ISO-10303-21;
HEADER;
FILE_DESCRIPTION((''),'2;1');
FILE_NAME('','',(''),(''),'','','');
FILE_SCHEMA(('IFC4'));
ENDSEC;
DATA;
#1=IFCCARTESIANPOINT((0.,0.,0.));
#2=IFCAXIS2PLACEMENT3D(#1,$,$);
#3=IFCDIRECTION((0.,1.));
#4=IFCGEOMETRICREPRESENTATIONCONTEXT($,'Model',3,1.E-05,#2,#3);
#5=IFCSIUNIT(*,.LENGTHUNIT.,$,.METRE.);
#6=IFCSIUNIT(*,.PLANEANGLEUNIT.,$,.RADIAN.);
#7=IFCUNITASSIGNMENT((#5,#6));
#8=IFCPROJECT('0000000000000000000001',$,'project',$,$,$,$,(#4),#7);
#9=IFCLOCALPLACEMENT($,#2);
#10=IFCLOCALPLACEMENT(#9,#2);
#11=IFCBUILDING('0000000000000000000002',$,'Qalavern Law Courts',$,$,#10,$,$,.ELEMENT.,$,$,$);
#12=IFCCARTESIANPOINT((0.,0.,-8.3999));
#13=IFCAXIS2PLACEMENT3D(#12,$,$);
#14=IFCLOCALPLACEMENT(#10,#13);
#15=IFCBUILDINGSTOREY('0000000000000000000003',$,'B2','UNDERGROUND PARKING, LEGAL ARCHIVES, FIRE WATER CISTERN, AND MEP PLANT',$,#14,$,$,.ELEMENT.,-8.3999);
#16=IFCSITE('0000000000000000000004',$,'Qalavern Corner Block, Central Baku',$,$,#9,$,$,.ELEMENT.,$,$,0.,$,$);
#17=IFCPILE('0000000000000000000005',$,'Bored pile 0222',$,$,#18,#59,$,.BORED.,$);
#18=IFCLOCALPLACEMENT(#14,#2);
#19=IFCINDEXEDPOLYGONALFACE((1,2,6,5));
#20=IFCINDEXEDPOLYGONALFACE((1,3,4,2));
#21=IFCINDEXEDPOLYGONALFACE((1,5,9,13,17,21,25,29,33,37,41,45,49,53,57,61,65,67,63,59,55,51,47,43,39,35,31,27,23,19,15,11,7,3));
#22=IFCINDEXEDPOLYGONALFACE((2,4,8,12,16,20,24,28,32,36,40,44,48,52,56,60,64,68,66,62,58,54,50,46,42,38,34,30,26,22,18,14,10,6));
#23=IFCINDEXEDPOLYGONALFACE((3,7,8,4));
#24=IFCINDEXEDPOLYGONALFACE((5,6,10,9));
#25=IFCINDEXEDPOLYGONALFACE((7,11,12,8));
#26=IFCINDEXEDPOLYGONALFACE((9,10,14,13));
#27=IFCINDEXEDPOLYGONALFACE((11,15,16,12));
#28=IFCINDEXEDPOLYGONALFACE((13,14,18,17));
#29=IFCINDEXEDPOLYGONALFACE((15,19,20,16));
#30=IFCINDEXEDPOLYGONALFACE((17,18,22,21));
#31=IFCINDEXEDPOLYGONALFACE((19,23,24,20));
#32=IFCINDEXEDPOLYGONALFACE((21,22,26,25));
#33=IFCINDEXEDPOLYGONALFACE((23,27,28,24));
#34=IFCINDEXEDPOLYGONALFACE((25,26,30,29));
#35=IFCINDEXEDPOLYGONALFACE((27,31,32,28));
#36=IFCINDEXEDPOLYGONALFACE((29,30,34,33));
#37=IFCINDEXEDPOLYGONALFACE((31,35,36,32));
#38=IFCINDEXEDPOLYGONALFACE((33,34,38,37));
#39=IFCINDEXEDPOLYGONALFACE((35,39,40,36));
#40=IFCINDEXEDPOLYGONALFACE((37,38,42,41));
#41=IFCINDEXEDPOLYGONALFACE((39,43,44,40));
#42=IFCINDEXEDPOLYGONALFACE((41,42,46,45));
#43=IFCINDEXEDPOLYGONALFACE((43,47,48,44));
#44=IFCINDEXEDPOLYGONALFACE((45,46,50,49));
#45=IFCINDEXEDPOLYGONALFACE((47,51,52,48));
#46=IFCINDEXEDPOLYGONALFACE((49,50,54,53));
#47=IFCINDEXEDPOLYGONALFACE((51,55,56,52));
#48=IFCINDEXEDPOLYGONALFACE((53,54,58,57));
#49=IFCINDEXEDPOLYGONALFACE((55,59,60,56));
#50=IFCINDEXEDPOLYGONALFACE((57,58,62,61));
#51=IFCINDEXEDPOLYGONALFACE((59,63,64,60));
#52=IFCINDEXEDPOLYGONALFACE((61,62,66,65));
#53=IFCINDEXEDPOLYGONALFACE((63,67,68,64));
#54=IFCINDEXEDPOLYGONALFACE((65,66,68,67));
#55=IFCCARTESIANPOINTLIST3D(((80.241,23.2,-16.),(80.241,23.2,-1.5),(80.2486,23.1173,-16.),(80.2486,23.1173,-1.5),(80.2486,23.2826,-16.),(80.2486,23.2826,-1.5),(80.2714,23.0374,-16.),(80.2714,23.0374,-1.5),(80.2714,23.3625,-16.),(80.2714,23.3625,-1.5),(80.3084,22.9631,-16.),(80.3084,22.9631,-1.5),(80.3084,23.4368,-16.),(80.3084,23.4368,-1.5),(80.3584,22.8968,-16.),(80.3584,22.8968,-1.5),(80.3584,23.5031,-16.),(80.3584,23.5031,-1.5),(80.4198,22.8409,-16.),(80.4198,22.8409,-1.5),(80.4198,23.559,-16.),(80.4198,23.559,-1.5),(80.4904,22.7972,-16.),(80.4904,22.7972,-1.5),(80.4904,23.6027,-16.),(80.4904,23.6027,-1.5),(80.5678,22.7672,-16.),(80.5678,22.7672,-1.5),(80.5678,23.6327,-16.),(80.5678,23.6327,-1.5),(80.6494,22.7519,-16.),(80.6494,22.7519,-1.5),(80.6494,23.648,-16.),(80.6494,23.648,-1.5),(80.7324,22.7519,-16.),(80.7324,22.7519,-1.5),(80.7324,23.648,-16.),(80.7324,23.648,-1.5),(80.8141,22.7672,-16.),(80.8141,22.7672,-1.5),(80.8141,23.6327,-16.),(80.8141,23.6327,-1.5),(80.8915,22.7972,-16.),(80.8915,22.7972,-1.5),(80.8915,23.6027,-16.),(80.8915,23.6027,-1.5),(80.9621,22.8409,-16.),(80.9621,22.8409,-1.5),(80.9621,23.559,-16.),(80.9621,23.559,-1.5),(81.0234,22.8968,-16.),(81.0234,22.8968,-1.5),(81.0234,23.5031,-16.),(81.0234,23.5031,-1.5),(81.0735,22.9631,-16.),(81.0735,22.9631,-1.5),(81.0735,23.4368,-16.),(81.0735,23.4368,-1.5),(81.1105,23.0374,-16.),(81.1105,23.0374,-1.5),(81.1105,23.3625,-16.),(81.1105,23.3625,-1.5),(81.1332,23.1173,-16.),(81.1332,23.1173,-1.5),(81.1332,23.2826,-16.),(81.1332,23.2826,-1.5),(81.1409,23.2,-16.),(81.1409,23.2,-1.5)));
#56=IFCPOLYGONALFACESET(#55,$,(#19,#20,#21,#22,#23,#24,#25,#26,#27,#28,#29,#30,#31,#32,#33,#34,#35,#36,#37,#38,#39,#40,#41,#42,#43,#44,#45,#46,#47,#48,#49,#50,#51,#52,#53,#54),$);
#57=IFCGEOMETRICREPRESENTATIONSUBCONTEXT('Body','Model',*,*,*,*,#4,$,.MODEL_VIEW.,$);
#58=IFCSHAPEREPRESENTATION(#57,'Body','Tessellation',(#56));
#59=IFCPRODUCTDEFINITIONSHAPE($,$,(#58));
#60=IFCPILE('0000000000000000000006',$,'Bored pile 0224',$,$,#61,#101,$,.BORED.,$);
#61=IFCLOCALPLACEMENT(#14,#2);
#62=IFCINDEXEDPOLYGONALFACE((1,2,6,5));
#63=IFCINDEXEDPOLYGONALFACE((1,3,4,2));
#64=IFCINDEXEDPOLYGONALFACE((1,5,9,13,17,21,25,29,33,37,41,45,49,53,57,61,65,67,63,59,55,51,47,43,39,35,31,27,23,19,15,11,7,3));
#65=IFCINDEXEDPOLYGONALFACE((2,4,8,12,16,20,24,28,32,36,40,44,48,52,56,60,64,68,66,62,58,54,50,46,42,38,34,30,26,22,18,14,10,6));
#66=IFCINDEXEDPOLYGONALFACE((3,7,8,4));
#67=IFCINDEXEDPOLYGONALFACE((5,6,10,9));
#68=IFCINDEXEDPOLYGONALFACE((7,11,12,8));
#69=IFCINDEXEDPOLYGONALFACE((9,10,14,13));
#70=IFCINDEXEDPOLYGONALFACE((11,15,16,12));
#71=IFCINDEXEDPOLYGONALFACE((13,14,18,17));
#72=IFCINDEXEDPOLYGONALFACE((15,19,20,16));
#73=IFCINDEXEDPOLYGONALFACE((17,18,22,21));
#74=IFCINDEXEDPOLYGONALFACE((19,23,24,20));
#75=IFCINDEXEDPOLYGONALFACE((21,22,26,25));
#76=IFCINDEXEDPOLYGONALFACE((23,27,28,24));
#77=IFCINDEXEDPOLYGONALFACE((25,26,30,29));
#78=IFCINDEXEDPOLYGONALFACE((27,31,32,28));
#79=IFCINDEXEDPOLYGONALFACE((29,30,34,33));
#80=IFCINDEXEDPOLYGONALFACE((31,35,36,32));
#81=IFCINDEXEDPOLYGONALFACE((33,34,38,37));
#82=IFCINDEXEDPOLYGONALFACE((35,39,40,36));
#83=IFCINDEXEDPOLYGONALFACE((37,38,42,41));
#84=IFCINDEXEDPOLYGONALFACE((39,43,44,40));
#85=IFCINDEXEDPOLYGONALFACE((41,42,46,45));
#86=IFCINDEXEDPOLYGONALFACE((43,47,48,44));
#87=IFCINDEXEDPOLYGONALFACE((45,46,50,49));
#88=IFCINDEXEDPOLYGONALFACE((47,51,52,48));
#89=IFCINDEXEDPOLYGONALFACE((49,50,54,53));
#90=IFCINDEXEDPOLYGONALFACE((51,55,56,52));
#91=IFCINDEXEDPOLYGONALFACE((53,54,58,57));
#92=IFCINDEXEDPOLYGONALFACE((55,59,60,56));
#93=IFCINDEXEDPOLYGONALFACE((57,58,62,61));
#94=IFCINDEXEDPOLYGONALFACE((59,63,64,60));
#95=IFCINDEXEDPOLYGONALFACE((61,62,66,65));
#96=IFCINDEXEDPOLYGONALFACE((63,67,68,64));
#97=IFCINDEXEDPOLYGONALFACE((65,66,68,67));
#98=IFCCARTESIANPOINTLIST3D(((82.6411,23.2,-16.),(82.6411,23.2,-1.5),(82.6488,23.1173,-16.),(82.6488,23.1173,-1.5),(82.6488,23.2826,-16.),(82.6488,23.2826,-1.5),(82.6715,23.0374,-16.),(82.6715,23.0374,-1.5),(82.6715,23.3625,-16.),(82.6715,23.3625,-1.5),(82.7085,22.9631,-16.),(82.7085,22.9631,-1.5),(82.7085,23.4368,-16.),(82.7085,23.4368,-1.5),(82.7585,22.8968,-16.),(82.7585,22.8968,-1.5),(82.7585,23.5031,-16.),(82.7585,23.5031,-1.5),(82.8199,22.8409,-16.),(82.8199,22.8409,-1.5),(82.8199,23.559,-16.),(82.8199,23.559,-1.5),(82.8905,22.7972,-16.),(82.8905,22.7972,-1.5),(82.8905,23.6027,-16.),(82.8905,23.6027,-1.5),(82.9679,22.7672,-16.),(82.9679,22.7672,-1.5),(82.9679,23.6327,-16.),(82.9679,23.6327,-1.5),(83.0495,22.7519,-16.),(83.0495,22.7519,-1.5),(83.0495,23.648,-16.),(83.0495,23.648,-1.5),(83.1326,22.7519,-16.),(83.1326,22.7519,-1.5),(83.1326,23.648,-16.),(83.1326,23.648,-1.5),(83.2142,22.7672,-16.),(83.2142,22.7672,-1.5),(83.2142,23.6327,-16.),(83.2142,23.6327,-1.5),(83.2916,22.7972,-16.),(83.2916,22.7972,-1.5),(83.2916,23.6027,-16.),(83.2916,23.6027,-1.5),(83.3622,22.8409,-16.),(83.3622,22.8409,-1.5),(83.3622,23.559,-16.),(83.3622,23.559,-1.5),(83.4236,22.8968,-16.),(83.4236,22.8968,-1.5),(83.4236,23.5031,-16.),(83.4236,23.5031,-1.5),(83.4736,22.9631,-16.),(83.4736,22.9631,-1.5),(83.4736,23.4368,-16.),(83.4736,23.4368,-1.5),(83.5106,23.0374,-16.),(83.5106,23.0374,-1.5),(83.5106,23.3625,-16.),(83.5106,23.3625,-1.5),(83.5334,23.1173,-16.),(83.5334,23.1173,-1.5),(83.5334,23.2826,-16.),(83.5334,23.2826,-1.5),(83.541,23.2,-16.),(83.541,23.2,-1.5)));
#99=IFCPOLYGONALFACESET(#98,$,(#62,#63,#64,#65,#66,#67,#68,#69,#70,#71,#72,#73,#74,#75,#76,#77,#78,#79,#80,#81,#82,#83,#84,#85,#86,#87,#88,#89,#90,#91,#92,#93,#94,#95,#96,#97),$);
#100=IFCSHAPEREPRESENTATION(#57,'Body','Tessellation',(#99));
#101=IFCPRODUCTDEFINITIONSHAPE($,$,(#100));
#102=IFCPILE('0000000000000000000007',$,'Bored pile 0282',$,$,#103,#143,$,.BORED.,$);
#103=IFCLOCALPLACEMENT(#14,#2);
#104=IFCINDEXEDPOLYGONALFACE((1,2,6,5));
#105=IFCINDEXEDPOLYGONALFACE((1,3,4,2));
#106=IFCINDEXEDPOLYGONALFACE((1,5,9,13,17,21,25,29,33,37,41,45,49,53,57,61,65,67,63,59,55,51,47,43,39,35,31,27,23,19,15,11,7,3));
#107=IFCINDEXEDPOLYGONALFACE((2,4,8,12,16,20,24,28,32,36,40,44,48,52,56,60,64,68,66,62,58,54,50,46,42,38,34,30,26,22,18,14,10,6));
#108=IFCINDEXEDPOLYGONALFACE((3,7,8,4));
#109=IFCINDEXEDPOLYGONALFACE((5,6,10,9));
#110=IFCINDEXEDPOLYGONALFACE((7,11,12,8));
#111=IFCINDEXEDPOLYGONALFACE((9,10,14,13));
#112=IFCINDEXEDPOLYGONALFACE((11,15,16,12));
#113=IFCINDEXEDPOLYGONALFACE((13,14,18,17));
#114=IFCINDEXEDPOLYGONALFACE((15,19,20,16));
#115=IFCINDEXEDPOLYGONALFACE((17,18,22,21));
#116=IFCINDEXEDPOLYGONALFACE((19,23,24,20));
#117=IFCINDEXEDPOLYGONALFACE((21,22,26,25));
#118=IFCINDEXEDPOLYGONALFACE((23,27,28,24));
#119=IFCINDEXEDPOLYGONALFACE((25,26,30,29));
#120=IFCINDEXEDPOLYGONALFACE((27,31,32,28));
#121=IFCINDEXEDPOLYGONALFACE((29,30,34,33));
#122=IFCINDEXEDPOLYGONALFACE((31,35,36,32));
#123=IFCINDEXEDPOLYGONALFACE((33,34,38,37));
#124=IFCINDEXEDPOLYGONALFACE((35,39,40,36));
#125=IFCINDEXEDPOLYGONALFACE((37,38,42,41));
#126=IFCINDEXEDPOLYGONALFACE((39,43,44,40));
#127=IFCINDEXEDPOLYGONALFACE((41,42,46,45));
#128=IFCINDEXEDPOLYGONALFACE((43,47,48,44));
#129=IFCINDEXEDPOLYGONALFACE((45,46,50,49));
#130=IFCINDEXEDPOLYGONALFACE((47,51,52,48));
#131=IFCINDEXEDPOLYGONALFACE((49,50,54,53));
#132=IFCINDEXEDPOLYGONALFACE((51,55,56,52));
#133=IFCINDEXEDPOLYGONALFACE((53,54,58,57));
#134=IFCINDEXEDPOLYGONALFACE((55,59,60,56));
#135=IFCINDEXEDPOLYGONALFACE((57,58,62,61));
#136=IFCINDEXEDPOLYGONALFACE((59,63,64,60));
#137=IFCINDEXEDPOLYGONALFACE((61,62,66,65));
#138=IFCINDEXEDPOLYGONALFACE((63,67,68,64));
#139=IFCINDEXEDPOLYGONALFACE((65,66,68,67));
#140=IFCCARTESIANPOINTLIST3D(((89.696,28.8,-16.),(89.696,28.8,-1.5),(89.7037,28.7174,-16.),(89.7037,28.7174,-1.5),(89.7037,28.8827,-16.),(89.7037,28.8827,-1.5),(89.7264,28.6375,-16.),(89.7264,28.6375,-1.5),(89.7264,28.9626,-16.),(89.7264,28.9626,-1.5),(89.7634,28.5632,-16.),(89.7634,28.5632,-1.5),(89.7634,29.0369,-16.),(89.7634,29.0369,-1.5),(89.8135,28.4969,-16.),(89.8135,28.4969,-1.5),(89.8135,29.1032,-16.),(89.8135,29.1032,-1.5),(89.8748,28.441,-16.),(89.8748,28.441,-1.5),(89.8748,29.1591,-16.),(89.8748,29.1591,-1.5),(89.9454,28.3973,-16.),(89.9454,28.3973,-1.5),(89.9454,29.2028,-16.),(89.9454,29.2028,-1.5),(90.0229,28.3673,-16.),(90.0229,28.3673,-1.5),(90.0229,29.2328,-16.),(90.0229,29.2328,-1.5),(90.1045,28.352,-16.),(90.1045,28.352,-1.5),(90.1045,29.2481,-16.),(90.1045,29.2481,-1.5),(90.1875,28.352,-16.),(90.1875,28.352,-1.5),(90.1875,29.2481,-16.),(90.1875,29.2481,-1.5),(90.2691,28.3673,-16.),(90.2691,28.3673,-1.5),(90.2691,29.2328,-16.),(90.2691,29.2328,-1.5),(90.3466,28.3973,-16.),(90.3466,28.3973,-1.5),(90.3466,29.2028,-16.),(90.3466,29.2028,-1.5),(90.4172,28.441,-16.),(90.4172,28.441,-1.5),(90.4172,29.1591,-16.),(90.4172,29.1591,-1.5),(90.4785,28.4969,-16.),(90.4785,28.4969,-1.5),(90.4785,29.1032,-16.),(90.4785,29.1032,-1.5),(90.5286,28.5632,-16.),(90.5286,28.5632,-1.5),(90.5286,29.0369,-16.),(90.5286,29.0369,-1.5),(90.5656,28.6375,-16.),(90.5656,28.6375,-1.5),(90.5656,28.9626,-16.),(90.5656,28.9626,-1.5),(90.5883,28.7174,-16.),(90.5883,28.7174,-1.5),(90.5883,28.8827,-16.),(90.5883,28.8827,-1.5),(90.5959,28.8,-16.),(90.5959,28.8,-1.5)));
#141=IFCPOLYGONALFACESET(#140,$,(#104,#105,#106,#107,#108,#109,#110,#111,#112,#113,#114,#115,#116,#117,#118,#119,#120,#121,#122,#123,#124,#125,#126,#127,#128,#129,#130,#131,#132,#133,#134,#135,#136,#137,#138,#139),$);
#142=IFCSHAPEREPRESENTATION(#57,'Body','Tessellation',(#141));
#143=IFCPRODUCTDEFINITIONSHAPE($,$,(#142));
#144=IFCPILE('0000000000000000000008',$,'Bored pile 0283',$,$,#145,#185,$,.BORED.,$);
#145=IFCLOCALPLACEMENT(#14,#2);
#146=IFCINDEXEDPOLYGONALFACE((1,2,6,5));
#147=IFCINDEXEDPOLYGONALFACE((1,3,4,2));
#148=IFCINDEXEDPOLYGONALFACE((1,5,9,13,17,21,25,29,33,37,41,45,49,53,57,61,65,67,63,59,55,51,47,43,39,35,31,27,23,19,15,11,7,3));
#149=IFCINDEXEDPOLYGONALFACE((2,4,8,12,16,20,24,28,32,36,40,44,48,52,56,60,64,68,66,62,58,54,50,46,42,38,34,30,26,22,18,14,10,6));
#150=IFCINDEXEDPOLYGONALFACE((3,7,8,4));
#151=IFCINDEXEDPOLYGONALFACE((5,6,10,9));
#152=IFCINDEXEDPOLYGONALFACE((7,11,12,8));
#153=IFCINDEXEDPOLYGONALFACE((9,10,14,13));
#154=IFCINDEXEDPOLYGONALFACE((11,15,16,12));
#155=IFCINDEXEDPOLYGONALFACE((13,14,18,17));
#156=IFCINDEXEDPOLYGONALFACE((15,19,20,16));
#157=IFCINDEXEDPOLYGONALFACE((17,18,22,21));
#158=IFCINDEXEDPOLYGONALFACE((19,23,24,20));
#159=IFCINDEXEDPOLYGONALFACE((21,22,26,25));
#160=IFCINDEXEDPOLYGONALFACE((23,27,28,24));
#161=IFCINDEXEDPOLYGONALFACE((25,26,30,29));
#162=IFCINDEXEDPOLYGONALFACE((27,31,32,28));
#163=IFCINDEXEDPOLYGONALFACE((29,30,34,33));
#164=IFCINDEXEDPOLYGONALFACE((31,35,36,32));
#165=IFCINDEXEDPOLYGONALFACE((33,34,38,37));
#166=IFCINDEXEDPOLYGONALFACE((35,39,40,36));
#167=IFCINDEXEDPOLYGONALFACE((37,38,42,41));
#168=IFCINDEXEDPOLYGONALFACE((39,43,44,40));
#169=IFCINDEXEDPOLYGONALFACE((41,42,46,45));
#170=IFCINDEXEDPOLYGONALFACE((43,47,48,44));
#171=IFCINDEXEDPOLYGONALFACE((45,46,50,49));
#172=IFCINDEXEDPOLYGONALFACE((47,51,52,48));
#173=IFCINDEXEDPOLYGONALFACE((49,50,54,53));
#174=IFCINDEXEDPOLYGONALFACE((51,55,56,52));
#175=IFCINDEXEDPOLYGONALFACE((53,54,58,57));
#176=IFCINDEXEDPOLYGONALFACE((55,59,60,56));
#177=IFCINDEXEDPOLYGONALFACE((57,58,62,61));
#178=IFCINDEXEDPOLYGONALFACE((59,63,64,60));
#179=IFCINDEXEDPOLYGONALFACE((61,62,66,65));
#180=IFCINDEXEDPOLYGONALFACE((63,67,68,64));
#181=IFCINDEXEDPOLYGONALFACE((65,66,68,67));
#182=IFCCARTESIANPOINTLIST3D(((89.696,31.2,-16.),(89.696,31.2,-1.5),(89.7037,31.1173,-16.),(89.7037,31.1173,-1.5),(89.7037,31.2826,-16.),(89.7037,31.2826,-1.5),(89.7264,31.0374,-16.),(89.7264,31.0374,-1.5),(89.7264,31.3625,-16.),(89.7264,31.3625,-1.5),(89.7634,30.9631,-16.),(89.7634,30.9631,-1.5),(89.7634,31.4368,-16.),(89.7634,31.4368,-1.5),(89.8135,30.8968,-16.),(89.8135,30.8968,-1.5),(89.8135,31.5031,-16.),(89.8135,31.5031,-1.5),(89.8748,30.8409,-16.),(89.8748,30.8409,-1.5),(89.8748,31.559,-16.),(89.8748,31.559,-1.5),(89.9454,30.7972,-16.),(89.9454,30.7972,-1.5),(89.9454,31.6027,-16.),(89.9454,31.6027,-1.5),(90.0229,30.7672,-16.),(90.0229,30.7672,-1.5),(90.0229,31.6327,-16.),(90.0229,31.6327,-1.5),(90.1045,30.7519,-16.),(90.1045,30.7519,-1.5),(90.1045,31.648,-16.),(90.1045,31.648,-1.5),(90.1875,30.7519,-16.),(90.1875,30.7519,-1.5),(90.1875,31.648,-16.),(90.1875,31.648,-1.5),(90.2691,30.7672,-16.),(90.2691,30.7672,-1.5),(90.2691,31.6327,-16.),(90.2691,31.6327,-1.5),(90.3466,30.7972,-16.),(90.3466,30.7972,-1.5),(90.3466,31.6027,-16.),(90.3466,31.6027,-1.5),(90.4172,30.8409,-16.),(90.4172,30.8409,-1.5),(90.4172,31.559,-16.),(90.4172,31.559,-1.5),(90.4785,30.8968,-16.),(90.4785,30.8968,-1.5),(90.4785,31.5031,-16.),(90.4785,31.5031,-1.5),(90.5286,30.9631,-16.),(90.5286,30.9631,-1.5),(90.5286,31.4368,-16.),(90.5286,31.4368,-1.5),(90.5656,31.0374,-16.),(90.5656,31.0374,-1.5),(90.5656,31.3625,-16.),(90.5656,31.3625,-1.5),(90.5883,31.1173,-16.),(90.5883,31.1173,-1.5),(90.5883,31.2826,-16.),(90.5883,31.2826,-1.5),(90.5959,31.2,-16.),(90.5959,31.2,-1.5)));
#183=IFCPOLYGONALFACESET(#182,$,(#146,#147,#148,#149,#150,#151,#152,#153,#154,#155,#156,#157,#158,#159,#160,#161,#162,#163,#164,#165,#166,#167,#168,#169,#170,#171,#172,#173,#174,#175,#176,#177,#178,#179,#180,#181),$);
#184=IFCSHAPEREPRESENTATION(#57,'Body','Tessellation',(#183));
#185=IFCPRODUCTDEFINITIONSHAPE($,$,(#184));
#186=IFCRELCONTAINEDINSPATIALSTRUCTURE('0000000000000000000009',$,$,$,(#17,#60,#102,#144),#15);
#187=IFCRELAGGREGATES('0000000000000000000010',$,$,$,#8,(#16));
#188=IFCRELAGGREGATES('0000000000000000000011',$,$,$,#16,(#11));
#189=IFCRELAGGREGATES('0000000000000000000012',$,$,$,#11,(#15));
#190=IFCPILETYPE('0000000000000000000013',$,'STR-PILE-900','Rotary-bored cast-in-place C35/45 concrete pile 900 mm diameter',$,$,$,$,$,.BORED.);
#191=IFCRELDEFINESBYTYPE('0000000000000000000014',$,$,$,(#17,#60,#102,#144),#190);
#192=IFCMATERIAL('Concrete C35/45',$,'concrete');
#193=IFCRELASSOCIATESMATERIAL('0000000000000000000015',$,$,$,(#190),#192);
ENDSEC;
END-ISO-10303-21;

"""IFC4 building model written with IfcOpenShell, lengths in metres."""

from ifc_helpers import new_model, si_unit, direction, frame, origin, origin_2d, place, context, subcontext, project, spatial, circle, extrude, material, material_profile, profile_set, type_object, element, save


model = new_model("IFC4")

# Units and contexts
model_context = context("Model", 3, precision=1e-05, world=origin(), true_north=direction((0.0, 1.0)))
body_context = subcontext(model_context, "Body", "Model", "MODEL_VIEW")
ifc_project = project(units=[si_unit("LENGTHUNIT", "METRE"), si_unit("PLANEANGLEUNIT", "RADIAN")], contexts=[model_context])

# Site, building, storey
site_placement = place(None, origin())
site = spatial("IfcSite", under=ifc_project, at=site_placement, Name="Qalavern Corner Block, Central Baku", CompositionType="ELEMENT", RefElevation=0.0)
building_placement = place(site_placement, origin())
building = spatial("IfcBuilding", under=site, at=building_placement, Name="Qalavern Law Courts", CompositionType="ELEMENT")
storey_placement = place(building_placement, frame((0.0, 0.0, -8.3999)))
storey = spatial("IfcBuildingStorey", under=building, at=storey_placement, Name="B2", Description="UNDERGROUND PARKING, LEGAL ARCHIVES, FIRE WATER CISTERN, AND MEP PLANT", CompositionType="ELEMENT", Elevation=-8.3999)

# Shared definitions
ifc_material_1 = material(Name="Concrete C35/45", Category="concrete")

# Piles
ifc_material_profile_1 = material_profile(ifc_material_1, circle(Radius=0.45, at=origin_2d()), Name="BORED PILE 900")
ifc_profile_set_1 = profile_set([ifc_material_profile_1], Name="Concrete C35/45")
pile_type_1 = type_object("IfcPileType", Name="STR-PILE-900", Description="Rotary-bored cast-in-place C35/45 concrete pile 900 mm diameter", PredefinedType="BORED", material=ifc_profile_set_1)
for number, where, z_axis, x_axis, name in (
    (1, (80.6909, 23.2, -1.5), (0.0, 0.0, -1.0), (1.0, 0.0, 0.0), "Bored pile 0222"),
    (2, (83.0911, 23.2, -1.5), (0.0, 0.0, -1.0), (1.0, 0.0, 0.0), "Bored pile 0224"),
    (3, (90.146, 28.8, -1.5), (0.0, 0.0, -1.0), (1.0, 0.0, 0.0), "Bored pile 0282"),
    (4, (90.146, 31.2, -1.5), (0.0, 0.0, -1.0), (1.0, 0.0, 0.0), "Bored pile 0283"),
):
    element("IfcPile", number, at=place(storey_placement, frame(where, z_axis=z_axis, x_axis=x_axis)), inside=storey, type_object=pile_type_1, Name=name, PredefinedType="BORED", context=body_context, shape_type="SweptSolid", body=[
        extrude(circle(Radius=0.45, at=origin_2d()), origin(), (0.0, 0.0, 1.0), 14.5),
    ])

save(model, "model.ifc")
